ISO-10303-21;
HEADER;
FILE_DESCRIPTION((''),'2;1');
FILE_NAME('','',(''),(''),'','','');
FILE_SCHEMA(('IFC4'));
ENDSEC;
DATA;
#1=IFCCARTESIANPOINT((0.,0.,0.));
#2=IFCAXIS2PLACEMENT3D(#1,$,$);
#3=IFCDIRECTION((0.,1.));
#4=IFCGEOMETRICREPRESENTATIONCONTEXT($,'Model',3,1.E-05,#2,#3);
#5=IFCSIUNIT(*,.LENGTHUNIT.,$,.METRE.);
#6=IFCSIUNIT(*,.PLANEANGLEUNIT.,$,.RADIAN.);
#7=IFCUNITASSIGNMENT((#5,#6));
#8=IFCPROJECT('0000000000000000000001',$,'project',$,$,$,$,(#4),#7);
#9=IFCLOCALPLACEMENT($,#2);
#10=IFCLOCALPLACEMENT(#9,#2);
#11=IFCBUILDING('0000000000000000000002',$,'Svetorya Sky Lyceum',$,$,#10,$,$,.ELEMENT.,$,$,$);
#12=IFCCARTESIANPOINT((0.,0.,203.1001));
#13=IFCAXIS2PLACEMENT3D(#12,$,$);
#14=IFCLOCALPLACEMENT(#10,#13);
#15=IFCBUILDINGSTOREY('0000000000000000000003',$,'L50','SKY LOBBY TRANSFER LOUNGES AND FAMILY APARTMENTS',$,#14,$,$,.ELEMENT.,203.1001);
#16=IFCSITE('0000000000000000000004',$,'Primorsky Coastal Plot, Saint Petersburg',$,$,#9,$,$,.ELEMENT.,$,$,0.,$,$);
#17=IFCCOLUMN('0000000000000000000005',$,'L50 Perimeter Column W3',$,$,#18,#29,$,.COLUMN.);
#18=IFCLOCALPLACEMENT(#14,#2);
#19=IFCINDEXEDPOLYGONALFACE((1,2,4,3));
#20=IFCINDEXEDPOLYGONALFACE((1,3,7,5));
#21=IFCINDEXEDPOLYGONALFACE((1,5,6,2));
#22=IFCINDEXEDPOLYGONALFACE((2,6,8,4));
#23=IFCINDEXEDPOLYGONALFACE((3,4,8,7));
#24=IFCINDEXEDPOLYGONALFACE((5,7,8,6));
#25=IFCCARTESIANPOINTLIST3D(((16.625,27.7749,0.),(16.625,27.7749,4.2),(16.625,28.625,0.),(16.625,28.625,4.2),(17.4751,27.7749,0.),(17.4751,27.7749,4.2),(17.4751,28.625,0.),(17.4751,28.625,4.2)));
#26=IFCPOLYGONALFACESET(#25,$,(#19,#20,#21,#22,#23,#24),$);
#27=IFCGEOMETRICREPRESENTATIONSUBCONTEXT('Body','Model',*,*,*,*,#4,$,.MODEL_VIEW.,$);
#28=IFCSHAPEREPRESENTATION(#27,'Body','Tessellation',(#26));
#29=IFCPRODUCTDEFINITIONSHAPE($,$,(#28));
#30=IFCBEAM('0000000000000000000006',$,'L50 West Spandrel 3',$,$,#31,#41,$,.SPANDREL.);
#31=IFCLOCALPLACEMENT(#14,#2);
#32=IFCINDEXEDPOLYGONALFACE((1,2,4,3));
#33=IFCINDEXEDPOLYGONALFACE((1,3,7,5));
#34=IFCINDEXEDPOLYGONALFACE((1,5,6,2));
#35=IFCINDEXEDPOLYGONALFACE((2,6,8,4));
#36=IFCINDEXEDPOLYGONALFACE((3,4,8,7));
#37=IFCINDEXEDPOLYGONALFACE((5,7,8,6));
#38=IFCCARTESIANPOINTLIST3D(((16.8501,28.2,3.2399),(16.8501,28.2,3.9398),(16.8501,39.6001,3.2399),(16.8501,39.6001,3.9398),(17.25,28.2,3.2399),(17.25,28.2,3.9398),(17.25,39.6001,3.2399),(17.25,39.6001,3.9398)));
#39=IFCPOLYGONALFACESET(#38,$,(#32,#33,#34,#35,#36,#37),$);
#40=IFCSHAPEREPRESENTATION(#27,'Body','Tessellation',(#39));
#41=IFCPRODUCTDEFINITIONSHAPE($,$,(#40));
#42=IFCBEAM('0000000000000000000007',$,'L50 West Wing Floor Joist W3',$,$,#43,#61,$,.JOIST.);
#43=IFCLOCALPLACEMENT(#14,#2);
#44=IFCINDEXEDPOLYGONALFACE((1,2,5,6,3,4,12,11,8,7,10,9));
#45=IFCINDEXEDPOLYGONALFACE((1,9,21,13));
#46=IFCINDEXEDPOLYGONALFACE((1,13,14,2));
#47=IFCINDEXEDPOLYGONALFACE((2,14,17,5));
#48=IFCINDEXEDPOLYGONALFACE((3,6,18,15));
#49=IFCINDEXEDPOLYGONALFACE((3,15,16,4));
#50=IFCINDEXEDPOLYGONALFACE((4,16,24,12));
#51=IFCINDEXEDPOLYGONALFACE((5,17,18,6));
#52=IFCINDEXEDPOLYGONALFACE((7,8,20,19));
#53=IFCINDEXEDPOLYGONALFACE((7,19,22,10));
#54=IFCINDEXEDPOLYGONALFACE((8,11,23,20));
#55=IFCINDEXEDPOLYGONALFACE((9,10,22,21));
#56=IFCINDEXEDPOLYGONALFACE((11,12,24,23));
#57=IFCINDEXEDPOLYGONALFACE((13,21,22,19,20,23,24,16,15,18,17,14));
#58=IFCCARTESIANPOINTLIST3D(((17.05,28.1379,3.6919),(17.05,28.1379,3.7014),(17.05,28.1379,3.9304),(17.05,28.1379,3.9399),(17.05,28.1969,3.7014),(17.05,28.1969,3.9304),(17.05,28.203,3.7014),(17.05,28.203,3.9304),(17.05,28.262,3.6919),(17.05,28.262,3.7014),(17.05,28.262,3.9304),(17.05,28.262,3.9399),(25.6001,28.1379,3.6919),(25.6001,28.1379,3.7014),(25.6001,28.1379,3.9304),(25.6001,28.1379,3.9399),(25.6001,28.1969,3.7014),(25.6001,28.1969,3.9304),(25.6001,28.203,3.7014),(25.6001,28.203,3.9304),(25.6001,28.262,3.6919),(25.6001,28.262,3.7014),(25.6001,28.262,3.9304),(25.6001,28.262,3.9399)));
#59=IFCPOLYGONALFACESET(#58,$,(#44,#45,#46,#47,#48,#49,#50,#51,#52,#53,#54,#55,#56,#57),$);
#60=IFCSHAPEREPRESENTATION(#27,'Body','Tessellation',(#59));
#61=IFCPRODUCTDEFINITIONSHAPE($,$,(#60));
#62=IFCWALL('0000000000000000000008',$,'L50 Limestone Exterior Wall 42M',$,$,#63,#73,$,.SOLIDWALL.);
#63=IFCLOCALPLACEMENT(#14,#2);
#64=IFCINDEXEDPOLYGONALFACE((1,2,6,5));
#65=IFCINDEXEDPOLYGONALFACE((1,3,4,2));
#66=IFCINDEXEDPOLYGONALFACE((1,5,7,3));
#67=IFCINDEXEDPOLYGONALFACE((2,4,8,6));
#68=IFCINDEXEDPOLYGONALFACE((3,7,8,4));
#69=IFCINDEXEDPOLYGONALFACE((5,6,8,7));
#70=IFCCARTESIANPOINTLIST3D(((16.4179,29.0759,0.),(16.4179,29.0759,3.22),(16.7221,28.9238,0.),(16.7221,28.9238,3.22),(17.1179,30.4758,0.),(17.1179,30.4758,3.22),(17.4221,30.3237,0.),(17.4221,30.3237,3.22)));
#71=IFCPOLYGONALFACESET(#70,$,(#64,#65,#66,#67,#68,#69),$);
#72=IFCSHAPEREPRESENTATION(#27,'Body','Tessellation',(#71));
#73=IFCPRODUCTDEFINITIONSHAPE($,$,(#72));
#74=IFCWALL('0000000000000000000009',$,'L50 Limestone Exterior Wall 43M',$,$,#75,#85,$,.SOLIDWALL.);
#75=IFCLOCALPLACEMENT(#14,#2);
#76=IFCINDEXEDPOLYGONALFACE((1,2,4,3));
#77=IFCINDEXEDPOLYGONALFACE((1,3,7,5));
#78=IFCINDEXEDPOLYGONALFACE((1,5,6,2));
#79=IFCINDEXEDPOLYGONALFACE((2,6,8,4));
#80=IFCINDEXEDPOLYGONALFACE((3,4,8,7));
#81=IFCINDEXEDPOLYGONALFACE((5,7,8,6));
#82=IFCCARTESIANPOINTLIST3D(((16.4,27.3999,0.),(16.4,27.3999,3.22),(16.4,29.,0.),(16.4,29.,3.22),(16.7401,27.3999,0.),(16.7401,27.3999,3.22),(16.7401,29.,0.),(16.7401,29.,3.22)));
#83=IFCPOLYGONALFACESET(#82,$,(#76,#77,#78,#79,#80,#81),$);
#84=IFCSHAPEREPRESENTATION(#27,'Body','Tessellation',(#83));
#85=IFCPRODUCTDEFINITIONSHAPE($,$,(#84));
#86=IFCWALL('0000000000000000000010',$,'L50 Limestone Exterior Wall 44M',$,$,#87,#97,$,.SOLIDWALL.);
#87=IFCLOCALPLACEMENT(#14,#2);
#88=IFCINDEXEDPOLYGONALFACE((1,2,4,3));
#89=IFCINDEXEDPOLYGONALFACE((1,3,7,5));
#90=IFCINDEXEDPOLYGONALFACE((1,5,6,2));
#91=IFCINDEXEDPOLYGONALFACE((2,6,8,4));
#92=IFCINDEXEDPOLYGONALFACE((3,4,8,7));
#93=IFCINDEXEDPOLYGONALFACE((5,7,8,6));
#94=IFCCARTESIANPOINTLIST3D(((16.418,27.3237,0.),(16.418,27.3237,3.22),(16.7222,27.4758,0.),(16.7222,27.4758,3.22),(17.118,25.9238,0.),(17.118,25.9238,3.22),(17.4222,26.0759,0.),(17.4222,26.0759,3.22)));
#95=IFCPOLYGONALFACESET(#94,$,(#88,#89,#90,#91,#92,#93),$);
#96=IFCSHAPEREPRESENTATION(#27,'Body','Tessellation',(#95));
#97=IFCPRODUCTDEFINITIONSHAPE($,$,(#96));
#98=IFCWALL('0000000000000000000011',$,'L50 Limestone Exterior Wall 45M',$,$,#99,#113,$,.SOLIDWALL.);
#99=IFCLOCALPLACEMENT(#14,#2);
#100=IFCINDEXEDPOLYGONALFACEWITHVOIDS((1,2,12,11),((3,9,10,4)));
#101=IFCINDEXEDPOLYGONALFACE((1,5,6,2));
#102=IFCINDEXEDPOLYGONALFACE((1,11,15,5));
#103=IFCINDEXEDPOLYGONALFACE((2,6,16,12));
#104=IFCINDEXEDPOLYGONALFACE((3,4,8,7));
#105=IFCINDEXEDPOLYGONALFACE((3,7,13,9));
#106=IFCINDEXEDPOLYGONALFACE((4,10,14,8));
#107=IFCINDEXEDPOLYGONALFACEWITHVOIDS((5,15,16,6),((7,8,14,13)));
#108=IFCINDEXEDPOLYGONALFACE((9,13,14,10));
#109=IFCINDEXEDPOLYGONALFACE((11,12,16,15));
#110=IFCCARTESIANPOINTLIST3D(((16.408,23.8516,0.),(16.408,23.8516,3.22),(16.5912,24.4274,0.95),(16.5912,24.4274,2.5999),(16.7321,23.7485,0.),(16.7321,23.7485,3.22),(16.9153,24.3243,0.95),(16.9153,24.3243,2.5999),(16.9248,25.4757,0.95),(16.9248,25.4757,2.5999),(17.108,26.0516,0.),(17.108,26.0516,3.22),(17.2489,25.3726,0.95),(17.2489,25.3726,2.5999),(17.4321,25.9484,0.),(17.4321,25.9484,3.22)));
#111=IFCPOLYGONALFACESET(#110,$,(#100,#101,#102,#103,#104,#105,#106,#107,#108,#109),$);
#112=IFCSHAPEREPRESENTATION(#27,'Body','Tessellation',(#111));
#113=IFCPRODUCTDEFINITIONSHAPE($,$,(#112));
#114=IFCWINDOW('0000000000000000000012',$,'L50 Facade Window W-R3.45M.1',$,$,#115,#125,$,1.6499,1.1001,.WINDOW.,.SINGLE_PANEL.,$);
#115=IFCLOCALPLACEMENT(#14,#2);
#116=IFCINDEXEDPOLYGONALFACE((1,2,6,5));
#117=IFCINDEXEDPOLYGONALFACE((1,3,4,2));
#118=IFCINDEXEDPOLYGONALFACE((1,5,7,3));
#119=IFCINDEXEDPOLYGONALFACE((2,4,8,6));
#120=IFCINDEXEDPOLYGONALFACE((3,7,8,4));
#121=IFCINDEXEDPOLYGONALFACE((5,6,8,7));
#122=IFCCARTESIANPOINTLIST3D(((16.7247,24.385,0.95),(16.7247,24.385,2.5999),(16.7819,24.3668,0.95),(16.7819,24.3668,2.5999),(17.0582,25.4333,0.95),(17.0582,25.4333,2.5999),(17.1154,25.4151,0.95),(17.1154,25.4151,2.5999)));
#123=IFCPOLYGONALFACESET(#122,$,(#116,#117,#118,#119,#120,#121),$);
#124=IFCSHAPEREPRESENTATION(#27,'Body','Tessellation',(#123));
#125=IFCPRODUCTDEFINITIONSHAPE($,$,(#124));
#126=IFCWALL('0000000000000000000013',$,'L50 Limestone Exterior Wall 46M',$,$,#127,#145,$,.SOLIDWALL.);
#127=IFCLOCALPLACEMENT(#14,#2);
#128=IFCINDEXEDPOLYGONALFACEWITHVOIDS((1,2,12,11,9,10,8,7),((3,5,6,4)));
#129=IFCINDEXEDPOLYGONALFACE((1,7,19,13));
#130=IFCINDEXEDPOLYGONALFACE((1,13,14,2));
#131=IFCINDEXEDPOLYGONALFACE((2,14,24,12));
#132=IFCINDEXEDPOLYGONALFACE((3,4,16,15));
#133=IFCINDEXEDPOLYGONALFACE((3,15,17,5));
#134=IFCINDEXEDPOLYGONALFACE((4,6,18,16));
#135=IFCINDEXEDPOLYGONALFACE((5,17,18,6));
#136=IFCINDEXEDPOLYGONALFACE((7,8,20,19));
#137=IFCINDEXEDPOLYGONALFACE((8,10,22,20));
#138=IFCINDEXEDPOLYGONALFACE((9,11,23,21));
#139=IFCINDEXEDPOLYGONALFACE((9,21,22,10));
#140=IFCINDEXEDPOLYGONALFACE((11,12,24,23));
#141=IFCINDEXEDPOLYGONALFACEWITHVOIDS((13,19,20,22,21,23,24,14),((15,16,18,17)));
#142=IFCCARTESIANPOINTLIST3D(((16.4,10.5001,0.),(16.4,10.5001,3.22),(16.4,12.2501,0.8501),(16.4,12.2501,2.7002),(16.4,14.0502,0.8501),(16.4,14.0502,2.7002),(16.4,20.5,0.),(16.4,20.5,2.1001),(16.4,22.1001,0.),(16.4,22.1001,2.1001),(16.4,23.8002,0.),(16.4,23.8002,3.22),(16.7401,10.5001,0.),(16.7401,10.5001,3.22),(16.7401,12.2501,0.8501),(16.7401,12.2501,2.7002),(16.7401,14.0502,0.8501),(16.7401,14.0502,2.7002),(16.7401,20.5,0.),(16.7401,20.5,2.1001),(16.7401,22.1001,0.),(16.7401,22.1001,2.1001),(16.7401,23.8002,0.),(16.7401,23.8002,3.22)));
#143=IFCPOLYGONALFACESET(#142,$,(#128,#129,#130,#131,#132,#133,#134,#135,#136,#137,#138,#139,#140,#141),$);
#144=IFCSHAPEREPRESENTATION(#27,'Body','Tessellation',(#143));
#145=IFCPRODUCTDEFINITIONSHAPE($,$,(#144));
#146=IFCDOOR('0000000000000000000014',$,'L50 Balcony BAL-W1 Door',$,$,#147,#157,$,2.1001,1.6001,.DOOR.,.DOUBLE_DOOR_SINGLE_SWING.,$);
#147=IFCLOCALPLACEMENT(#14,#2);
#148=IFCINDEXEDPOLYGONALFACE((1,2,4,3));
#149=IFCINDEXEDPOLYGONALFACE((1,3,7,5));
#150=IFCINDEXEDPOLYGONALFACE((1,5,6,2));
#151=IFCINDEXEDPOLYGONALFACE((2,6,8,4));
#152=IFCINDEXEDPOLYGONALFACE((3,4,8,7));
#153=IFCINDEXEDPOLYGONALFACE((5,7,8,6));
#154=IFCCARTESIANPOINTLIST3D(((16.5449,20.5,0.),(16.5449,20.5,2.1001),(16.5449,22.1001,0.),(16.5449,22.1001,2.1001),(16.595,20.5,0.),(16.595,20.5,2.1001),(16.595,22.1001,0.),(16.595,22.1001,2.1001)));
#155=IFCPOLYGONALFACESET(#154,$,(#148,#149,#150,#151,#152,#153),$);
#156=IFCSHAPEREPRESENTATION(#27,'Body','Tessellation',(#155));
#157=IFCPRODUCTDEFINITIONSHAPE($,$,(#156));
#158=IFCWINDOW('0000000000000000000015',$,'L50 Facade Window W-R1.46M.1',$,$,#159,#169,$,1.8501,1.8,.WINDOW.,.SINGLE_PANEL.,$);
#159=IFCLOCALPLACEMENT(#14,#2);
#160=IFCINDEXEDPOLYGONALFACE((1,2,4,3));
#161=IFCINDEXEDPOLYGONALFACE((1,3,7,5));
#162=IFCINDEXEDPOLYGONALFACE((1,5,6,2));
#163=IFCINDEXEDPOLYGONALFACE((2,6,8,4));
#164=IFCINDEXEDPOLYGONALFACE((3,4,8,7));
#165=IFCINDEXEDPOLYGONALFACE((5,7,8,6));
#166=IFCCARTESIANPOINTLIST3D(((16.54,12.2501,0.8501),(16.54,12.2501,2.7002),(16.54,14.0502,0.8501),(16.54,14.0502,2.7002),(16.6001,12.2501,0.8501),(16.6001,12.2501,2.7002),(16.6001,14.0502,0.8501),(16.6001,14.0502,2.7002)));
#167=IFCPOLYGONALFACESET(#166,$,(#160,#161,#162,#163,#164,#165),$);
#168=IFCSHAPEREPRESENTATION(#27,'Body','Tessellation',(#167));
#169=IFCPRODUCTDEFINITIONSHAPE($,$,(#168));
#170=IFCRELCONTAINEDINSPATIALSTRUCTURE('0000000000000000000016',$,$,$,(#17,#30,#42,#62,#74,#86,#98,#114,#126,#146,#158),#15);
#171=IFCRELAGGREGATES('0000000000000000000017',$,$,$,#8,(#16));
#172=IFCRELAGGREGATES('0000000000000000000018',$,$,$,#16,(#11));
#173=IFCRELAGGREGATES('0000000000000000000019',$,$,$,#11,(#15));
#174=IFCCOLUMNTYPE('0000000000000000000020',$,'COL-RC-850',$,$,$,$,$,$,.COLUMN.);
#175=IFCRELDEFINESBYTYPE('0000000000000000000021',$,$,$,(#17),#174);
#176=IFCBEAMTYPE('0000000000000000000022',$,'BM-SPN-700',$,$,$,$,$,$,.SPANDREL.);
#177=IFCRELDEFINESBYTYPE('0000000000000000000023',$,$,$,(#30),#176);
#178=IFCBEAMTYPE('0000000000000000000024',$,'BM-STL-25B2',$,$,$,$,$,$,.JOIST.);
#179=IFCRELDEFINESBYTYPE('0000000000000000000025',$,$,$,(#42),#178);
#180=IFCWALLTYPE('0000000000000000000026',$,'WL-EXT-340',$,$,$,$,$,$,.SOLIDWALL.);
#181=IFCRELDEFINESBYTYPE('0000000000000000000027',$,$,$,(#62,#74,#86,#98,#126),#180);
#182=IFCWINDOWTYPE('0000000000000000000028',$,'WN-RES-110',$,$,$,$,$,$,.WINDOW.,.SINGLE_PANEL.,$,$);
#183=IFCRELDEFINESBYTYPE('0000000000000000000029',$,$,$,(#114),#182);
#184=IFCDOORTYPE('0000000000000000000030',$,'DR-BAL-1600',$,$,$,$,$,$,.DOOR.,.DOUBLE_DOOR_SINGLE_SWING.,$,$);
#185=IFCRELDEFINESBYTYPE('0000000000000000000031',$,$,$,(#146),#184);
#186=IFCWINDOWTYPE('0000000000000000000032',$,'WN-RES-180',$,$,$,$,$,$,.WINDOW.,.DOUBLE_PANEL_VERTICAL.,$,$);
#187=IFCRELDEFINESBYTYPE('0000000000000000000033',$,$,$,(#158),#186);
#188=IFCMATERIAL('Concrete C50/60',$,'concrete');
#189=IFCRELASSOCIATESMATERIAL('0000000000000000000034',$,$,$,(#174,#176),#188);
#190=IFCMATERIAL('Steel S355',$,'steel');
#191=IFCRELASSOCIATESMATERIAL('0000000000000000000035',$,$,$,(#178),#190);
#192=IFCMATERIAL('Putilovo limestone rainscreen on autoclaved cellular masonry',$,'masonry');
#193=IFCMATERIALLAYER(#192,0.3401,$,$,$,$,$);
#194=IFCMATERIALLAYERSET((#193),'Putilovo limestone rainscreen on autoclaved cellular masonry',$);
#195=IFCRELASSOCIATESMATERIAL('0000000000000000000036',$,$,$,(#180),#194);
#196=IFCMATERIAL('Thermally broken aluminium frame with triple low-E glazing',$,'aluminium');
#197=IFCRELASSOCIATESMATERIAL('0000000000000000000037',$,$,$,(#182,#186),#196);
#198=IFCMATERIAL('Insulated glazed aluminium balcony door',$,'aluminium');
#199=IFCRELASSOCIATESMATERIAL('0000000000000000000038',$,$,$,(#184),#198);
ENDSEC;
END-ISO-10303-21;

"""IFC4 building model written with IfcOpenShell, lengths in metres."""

from ifc_helpers import new_model, si_unit, direction, frame, frame_2d, origin, origin_2d, place, context, subcontext, project, spatial, rectangle, i_section, extrude, material, layer, layer_set, material_profile, profile_set, type_object, element, fill, save


model = new_model("IFC4")

# Units and contexts
model_context = context("Model", 3, precision=1e-05, world=origin(), true_north=direction((0.0, 1.0)))
body_context = subcontext(model_context, "Body", "Model", "MODEL_VIEW")
ifc_project = project(units=[si_unit("LENGTHUNIT", "METRE"), si_unit("PLANEANGLEUNIT", "RADIAN")], contexts=[model_context])

# Site, building, storey
site_placement = place(None, origin())
site = spatial("IfcSite", under=ifc_project, at=site_placement, Name="Primorsky Coastal Plot, Saint Petersburg", CompositionType="ELEMENT", RefElevation=0.0)
building_placement = place(site_placement, origin())
building = spatial("IfcBuilding", under=site, at=building_placement, Name="Svetorya Sky Lyceum", CompositionType="ELEMENT")
storey_placement = place(building_placement, frame((0.0, 0.0, 203.1001)))
storey = spatial("IfcBuildingStorey", under=building, at=storey_placement, Name="L50", Description="SKY LOBBY TRANSFER LOUNGES AND FAMILY APARTMENTS", CompositionType="ELEMENT", Elevation=203.1001)

# Column
ifc_material_1 = material(Name="Concrete C50/60", Category="concrete")
ifc_material_profile_1 = material_profile(ifc_material_1, rectangle(XDim=0.8501, YDim=0.8501, at=origin_2d()), Name="RC COL 850x850")
ifc_profile_set_1 = profile_set([ifc_material_profile_1], Name="Concrete C50/60")
column_type = type_object("IfcColumnType", Name="COL-RC-850", PredefinedType="COLUMN", material=ifc_profile_set_1)
column_placement = place(storey_placement, frame((17.05, 28.2, 0.0), z_axis=(0.0, 0.0, 1.0), x_axis=(1.0, 0.0, 0.0)))
element("IfcColumn", 1, at=column_placement, inside=storey, type_object=column_type, Name="L50 Perimeter Column W3", PredefinedType="COLUMN", context=body_context, shape_type="SweptSolid", body=[
    extrude(rectangle(XDim=0.8501, YDim=0.8501, at=origin_2d()), origin(), (0.0, 0.0, 1.0), 4.2),
])

# Beams
ifc_material_profile_2 = material_profile(ifc_material_1, rectangle(XDim=0.3999, YDim=0.7, at=origin_2d()), Name="RC SPANDREL 400x700")
ifc_profile_set_2 = profile_set([ifc_material_profile_2], Name="Concrete C50/60")
beam_type_1 = type_object("IfcBeamType", Name="BM-SPN-700", PredefinedType="SPANDREL", material=ifc_profile_set_2)
beam_1_placement = place(storey_placement, frame((17.05, 28.2, 3.5898), z_axis=(0.0, 1.0, 0.0), x_axis=(-1.0, 0.0, 0.0)))
element("IfcBeam", 2, at=beam_1_placement, inside=storey, type_object=beam_type_1, Name="L50 West Spandrel 3", PredefinedType="SPANDREL", context=body_context, shape_type="SweptSolid", body=[
    extrude(rectangle(XDim=0.3999, YDim=0.7, at=origin_2d()), origin(), (0.0, 0.0, 1.0), 11.4001),
])
ifc_material_2 = material(Name="Steel S355", Category="steel")
ifc_material_profile_3 = material_profile(ifc_material_2, i_section(OverallWidth=0.124, OverallDepth=0.248, WebThickness=0.0061, FlangeThickness=0.0095, at=origin_2d()), Name="GOST 25B2")
ifc_profile_set_3 = profile_set([ifc_material_profile_3], Name="Steel S355")
beam_type_2 = type_object("IfcBeamType", Name="BM-STL-25B2", PredefinedType="JOIST", material=ifc_profile_set_3)
beam_2_placement = place(storey_placement, frame((17.05, 28.2, 3.8159), z_axis=(1.0, 0.0, 0.0), x_axis=(0.0, 1.0, 0.0)))
element("IfcBeam", 3, at=beam_2_placement, inside=storey, type_object=beam_type_2, Name="L50 West Wing Floor Joist W3", PredefinedType="JOIST", context=body_context, shape_type="SweptSolid", body=[
    extrude(i_section(OverallWidth=0.124, OverallDepth=0.248, WebThickness=0.0061, FlangeThickness=0.0095, at=origin_2d()), origin(), (0.0, 0.0, 1.0), 8.55),
])

# Walls
ifc_material_3 = material(Name="Putilovo limestone rainscreen on autoclaved cellular masonry", Category="masonry")
ifc_layer_1 = layer(ifc_material_3, 0.3401)
ifc_layer_set_1 = layer_set([ifc_layer_1], Name="Putilovo limestone rainscreen on autoclaved cellular masonry")
wall_type_1 = type_object("IfcWallType", Name="WL-EXT-340", PredefinedType="SOLIDWALL", material=ifc_layer_set_1)
wall_1_placement = place(storey_placement, frame((17.27, 30.3999, 0.0), z_axis=(0.0, 0.0, 1.0), x_axis=(-0.447214, -0.894427, 0.0)))
element("IfcWall", 4, at=wall_1_placement, inside=storey, type_object=wall_type_1, Name="L50 Limestone Exterior Wall 42M", PredefinedType="SOLIDWALL", context=body_context, shape_type="SweptSolid", body=[
    extrude(rectangle(XDim=1.5652, YDim=0.3401, at=frame_2d((0.7827, 0.0))), origin(), (0.0, 0.0, 1.0), 3.22),
])
wall_2_placement = place(storey_placement, frame((16.5701, 29.0, 0.0), z_axis=(0.0, 0.0, 1.0), x_axis=(0.0, -1.0, 0.0)))
element("IfcWall", 5, at=wall_2_placement, inside=storey, type_object=wall_type_1, Name="L50 Limestone Exterior Wall 43M", PredefinedType="SOLIDWALL", context=body_context, shape_type="SweptSolid", body=[
    extrude(rectangle(XDim=1.6001, YDim=0.3401, at=frame_2d((0.8, 0.0))), origin(), (0.0, 0.0, 1.0), 3.22),
])
wall_3_placement = place(storey_placement, frame((16.5701, 27.3999, 0.0), z_axis=(0.0, 0.0, 1.0), x_axis=(0.447214, -0.894427, 0.0)))
element("IfcWall", 6, at=wall_3_placement, inside=storey, type_object=wall_type_1, Name="L50 Limestone Exterior Wall 44M", PredefinedType="SOLIDWALL", context=body_context, shape_type="SweptSolid", body=[
    extrude(rectangle(XDim=1.5652, YDim=0.3401, at=frame_2d((0.7827, 0.0))), origin(), (0.0, 0.0, 1.0), 3.22),
])

# Wall, opening, window
wall_4_placement = place(storey_placement, frame((17.27, 26.0, 0.0), z_axis=(0.0, 0.0, 1.0), x_axis=(-0.303191, -0.95293, 0.0)))
wall_4 = element("IfcWall", 7, at=wall_4_placement, inside=storey, type_object=wall_type_1, Name="L50 Limestone Exterior Wall 45M", PredefinedType="SOLIDWALL", context=body_context, shape_type="SweptSolid", body=[
    extrude(rectangle(XDim=2.3086, YDim=0.3401, at=frame_2d((1.1543, 0.0))), origin(), (0.0, 0.0, 1.0), 3.22),
])
opening_1_placement = place(wall_4_placement, frame((0.6042, 0.0, 0.95)))
opening_1 = element("IfcOpeningElement", 8, at=opening_1_placement, cuts=wall_4, PredefinedType="OPENING", context=body_context, shape_type="SweptSolid", body=[
    extrude(rectangle(XDim=1.1001, YDim=1.6499, at=frame_2d((0.55, 0.825))), frame((0.0, 0.1799, 0.0), z_axis=(0.0, -1.0, 0.0), x_axis=(1.0, 0.0, 0.0)), (0.0, 0.0, 1.0), 0.3601),
])
ifc_material_4 = material(Name="Thermally broken aluminium frame with triple low-E glazing", Category="aluminium")
window_type_1 = type_object("IfcWindowType", Name="WN-RES-110", PartitioningType="SINGLE_PANEL", PredefinedType="WINDOW", material=ifc_material_4)
window_1_placement = place(opening_1_placement, origin())
window_1 = element("IfcWindow", 9, at=window_1_placement, inside=storey, type_object=window_type_1, Name="L50 Facade Window W-R3.45M.1", OverallHeight=1.6499, OverallWidth=1.1001, PartitioningType="SINGLE_PANEL", PredefinedType="WINDOW", context=body_context, shape_type="SweptSolid", body=[
    extrude(rectangle(XDim=1.1001, YDim=1.6499, at=frame_2d((0.55, 0.825))), frame((0.0, 0.03, 0.0), z_axis=(0.0, -1.0, 0.0), x_axis=(1.0, 0.0, 0.0)), (0.0, 0.0, 1.0), 0.0601),
])
fill(opening_1, window_1)

# Wall, openings, door, window
wall_5_placement = place(storey_placement, frame((16.5701, 23.8, 0.0), z_axis=(0.0, 0.0, 1.0), x_axis=(0.0, -1.0, 0.0)))
wall_5 = element("IfcWall", 10, at=wall_5_placement, inside=storey, type_object=wall_type_1, Name="L50 Limestone Exterior Wall 46M", PredefinedType="SOLIDWALL", context=body_context, shape_type="SweptSolid", body=[
    extrude(rectangle(XDim=13.3, YDim=0.3401, at=frame_2d((6.6499, 0.0))), origin(), (0.0, 0.0, 1.0), 3.22),
])
opening_2_placement = place(wall_5_placement, frame((1.7, 0.0, 0.0)))
opening_2 = element("IfcOpeningElement", 11, at=opening_2_placement, cuts=wall_5, PredefinedType="OPENING", context=body_context, shape_type="SweptSolid", body=[
    extrude(rectangle(XDim=1.6001, YDim=2.1001, at=frame_2d((0.8, 1.05))), frame((0.0, 0.1799, 0.0), z_axis=(0.0, -1.0, 0.0), x_axis=(1.0, 0.0, 0.0)), (0.0, 0.0, 1.0), 0.3601),
])
opening_3_placement = place(wall_5_placement, frame((9.75, 0.0, 0.8501)))
opening_3 = element("IfcOpeningElement", 12, at=opening_3_placement, cuts=wall_5, PredefinedType="OPENING", context=body_context, shape_type="SweptSolid", body=[
    extrude(rectangle(XDim=1.8, YDim=1.8501, at=frame_2d((0.8999, 0.925))), frame((0.0, 0.1799, 0.0), z_axis=(0.0, -1.0, 0.0), x_axis=(1.0, 0.0, 0.0)), (0.0, 0.0, 1.0), 0.3601),
])
ifc_material_5 = material(Name="Insulated glazed aluminium balcony door", Category="aluminium")
door_type_1 = type_object("IfcDoorType", Name="DR-BAL-1600", OperationType="DOUBLE_DOOR_SINGLE_SWING", PredefinedType="DOOR", material=ifc_material_5)
door_1_placement = place(opening_2_placement, origin())
door_1 = element("IfcDoor", 13, at=door_1_placement, inside=storey, type_object=door_type_1, Name="L50 Balcony BAL-W1 Door", OperationType="DOUBLE_DOOR_SINGLE_SWING", OverallHeight=2.1001, OverallWidth=1.6001, PredefinedType="DOOR", context=body_context, shape_type="SweptSolid", body=[
    extrude(rectangle(XDim=1.6001, YDim=2.1001, at=frame_2d((0.8, 1.05))), frame((0.0, 0.0249, 0.0), z_axis=(0.0, -1.0, 0.0), x_axis=(1.0, 0.0, 0.0)), (0.0, 0.0, 1.0), 0.05),
])
fill(opening_2, door_1)
window_type_2 = type_object("IfcWindowType", Name="WN-RES-180", PartitioningType="DOUBLE_PANEL_VERTICAL", PredefinedType="WINDOW", material=ifc_material_4)
window_2_placement = place(opening_3_placement, origin())
window_2 = element("IfcWindow", 14, at=window_2_placement, inside=storey, type_object=window_type_2, Name="L50 Facade Window W-R1.46M.1", OverallHeight=1.8501, OverallWidth=1.8, PartitioningType="SINGLE_PANEL", PredefinedType="WINDOW", context=body_context, shape_type="SweptSolid", body=[
    extrude(rectangle(XDim=1.8, YDim=1.8501, at=frame_2d((0.8999, 0.925))), frame((0.0, 0.03, 0.0), z_axis=(0.0, -1.0, 0.0), x_axis=(1.0, 0.0, 0.0)), (0.0, 0.0, 1.0), 0.0601),
])
fill(opening_3, window_2)

save(model, "model.ifc")
